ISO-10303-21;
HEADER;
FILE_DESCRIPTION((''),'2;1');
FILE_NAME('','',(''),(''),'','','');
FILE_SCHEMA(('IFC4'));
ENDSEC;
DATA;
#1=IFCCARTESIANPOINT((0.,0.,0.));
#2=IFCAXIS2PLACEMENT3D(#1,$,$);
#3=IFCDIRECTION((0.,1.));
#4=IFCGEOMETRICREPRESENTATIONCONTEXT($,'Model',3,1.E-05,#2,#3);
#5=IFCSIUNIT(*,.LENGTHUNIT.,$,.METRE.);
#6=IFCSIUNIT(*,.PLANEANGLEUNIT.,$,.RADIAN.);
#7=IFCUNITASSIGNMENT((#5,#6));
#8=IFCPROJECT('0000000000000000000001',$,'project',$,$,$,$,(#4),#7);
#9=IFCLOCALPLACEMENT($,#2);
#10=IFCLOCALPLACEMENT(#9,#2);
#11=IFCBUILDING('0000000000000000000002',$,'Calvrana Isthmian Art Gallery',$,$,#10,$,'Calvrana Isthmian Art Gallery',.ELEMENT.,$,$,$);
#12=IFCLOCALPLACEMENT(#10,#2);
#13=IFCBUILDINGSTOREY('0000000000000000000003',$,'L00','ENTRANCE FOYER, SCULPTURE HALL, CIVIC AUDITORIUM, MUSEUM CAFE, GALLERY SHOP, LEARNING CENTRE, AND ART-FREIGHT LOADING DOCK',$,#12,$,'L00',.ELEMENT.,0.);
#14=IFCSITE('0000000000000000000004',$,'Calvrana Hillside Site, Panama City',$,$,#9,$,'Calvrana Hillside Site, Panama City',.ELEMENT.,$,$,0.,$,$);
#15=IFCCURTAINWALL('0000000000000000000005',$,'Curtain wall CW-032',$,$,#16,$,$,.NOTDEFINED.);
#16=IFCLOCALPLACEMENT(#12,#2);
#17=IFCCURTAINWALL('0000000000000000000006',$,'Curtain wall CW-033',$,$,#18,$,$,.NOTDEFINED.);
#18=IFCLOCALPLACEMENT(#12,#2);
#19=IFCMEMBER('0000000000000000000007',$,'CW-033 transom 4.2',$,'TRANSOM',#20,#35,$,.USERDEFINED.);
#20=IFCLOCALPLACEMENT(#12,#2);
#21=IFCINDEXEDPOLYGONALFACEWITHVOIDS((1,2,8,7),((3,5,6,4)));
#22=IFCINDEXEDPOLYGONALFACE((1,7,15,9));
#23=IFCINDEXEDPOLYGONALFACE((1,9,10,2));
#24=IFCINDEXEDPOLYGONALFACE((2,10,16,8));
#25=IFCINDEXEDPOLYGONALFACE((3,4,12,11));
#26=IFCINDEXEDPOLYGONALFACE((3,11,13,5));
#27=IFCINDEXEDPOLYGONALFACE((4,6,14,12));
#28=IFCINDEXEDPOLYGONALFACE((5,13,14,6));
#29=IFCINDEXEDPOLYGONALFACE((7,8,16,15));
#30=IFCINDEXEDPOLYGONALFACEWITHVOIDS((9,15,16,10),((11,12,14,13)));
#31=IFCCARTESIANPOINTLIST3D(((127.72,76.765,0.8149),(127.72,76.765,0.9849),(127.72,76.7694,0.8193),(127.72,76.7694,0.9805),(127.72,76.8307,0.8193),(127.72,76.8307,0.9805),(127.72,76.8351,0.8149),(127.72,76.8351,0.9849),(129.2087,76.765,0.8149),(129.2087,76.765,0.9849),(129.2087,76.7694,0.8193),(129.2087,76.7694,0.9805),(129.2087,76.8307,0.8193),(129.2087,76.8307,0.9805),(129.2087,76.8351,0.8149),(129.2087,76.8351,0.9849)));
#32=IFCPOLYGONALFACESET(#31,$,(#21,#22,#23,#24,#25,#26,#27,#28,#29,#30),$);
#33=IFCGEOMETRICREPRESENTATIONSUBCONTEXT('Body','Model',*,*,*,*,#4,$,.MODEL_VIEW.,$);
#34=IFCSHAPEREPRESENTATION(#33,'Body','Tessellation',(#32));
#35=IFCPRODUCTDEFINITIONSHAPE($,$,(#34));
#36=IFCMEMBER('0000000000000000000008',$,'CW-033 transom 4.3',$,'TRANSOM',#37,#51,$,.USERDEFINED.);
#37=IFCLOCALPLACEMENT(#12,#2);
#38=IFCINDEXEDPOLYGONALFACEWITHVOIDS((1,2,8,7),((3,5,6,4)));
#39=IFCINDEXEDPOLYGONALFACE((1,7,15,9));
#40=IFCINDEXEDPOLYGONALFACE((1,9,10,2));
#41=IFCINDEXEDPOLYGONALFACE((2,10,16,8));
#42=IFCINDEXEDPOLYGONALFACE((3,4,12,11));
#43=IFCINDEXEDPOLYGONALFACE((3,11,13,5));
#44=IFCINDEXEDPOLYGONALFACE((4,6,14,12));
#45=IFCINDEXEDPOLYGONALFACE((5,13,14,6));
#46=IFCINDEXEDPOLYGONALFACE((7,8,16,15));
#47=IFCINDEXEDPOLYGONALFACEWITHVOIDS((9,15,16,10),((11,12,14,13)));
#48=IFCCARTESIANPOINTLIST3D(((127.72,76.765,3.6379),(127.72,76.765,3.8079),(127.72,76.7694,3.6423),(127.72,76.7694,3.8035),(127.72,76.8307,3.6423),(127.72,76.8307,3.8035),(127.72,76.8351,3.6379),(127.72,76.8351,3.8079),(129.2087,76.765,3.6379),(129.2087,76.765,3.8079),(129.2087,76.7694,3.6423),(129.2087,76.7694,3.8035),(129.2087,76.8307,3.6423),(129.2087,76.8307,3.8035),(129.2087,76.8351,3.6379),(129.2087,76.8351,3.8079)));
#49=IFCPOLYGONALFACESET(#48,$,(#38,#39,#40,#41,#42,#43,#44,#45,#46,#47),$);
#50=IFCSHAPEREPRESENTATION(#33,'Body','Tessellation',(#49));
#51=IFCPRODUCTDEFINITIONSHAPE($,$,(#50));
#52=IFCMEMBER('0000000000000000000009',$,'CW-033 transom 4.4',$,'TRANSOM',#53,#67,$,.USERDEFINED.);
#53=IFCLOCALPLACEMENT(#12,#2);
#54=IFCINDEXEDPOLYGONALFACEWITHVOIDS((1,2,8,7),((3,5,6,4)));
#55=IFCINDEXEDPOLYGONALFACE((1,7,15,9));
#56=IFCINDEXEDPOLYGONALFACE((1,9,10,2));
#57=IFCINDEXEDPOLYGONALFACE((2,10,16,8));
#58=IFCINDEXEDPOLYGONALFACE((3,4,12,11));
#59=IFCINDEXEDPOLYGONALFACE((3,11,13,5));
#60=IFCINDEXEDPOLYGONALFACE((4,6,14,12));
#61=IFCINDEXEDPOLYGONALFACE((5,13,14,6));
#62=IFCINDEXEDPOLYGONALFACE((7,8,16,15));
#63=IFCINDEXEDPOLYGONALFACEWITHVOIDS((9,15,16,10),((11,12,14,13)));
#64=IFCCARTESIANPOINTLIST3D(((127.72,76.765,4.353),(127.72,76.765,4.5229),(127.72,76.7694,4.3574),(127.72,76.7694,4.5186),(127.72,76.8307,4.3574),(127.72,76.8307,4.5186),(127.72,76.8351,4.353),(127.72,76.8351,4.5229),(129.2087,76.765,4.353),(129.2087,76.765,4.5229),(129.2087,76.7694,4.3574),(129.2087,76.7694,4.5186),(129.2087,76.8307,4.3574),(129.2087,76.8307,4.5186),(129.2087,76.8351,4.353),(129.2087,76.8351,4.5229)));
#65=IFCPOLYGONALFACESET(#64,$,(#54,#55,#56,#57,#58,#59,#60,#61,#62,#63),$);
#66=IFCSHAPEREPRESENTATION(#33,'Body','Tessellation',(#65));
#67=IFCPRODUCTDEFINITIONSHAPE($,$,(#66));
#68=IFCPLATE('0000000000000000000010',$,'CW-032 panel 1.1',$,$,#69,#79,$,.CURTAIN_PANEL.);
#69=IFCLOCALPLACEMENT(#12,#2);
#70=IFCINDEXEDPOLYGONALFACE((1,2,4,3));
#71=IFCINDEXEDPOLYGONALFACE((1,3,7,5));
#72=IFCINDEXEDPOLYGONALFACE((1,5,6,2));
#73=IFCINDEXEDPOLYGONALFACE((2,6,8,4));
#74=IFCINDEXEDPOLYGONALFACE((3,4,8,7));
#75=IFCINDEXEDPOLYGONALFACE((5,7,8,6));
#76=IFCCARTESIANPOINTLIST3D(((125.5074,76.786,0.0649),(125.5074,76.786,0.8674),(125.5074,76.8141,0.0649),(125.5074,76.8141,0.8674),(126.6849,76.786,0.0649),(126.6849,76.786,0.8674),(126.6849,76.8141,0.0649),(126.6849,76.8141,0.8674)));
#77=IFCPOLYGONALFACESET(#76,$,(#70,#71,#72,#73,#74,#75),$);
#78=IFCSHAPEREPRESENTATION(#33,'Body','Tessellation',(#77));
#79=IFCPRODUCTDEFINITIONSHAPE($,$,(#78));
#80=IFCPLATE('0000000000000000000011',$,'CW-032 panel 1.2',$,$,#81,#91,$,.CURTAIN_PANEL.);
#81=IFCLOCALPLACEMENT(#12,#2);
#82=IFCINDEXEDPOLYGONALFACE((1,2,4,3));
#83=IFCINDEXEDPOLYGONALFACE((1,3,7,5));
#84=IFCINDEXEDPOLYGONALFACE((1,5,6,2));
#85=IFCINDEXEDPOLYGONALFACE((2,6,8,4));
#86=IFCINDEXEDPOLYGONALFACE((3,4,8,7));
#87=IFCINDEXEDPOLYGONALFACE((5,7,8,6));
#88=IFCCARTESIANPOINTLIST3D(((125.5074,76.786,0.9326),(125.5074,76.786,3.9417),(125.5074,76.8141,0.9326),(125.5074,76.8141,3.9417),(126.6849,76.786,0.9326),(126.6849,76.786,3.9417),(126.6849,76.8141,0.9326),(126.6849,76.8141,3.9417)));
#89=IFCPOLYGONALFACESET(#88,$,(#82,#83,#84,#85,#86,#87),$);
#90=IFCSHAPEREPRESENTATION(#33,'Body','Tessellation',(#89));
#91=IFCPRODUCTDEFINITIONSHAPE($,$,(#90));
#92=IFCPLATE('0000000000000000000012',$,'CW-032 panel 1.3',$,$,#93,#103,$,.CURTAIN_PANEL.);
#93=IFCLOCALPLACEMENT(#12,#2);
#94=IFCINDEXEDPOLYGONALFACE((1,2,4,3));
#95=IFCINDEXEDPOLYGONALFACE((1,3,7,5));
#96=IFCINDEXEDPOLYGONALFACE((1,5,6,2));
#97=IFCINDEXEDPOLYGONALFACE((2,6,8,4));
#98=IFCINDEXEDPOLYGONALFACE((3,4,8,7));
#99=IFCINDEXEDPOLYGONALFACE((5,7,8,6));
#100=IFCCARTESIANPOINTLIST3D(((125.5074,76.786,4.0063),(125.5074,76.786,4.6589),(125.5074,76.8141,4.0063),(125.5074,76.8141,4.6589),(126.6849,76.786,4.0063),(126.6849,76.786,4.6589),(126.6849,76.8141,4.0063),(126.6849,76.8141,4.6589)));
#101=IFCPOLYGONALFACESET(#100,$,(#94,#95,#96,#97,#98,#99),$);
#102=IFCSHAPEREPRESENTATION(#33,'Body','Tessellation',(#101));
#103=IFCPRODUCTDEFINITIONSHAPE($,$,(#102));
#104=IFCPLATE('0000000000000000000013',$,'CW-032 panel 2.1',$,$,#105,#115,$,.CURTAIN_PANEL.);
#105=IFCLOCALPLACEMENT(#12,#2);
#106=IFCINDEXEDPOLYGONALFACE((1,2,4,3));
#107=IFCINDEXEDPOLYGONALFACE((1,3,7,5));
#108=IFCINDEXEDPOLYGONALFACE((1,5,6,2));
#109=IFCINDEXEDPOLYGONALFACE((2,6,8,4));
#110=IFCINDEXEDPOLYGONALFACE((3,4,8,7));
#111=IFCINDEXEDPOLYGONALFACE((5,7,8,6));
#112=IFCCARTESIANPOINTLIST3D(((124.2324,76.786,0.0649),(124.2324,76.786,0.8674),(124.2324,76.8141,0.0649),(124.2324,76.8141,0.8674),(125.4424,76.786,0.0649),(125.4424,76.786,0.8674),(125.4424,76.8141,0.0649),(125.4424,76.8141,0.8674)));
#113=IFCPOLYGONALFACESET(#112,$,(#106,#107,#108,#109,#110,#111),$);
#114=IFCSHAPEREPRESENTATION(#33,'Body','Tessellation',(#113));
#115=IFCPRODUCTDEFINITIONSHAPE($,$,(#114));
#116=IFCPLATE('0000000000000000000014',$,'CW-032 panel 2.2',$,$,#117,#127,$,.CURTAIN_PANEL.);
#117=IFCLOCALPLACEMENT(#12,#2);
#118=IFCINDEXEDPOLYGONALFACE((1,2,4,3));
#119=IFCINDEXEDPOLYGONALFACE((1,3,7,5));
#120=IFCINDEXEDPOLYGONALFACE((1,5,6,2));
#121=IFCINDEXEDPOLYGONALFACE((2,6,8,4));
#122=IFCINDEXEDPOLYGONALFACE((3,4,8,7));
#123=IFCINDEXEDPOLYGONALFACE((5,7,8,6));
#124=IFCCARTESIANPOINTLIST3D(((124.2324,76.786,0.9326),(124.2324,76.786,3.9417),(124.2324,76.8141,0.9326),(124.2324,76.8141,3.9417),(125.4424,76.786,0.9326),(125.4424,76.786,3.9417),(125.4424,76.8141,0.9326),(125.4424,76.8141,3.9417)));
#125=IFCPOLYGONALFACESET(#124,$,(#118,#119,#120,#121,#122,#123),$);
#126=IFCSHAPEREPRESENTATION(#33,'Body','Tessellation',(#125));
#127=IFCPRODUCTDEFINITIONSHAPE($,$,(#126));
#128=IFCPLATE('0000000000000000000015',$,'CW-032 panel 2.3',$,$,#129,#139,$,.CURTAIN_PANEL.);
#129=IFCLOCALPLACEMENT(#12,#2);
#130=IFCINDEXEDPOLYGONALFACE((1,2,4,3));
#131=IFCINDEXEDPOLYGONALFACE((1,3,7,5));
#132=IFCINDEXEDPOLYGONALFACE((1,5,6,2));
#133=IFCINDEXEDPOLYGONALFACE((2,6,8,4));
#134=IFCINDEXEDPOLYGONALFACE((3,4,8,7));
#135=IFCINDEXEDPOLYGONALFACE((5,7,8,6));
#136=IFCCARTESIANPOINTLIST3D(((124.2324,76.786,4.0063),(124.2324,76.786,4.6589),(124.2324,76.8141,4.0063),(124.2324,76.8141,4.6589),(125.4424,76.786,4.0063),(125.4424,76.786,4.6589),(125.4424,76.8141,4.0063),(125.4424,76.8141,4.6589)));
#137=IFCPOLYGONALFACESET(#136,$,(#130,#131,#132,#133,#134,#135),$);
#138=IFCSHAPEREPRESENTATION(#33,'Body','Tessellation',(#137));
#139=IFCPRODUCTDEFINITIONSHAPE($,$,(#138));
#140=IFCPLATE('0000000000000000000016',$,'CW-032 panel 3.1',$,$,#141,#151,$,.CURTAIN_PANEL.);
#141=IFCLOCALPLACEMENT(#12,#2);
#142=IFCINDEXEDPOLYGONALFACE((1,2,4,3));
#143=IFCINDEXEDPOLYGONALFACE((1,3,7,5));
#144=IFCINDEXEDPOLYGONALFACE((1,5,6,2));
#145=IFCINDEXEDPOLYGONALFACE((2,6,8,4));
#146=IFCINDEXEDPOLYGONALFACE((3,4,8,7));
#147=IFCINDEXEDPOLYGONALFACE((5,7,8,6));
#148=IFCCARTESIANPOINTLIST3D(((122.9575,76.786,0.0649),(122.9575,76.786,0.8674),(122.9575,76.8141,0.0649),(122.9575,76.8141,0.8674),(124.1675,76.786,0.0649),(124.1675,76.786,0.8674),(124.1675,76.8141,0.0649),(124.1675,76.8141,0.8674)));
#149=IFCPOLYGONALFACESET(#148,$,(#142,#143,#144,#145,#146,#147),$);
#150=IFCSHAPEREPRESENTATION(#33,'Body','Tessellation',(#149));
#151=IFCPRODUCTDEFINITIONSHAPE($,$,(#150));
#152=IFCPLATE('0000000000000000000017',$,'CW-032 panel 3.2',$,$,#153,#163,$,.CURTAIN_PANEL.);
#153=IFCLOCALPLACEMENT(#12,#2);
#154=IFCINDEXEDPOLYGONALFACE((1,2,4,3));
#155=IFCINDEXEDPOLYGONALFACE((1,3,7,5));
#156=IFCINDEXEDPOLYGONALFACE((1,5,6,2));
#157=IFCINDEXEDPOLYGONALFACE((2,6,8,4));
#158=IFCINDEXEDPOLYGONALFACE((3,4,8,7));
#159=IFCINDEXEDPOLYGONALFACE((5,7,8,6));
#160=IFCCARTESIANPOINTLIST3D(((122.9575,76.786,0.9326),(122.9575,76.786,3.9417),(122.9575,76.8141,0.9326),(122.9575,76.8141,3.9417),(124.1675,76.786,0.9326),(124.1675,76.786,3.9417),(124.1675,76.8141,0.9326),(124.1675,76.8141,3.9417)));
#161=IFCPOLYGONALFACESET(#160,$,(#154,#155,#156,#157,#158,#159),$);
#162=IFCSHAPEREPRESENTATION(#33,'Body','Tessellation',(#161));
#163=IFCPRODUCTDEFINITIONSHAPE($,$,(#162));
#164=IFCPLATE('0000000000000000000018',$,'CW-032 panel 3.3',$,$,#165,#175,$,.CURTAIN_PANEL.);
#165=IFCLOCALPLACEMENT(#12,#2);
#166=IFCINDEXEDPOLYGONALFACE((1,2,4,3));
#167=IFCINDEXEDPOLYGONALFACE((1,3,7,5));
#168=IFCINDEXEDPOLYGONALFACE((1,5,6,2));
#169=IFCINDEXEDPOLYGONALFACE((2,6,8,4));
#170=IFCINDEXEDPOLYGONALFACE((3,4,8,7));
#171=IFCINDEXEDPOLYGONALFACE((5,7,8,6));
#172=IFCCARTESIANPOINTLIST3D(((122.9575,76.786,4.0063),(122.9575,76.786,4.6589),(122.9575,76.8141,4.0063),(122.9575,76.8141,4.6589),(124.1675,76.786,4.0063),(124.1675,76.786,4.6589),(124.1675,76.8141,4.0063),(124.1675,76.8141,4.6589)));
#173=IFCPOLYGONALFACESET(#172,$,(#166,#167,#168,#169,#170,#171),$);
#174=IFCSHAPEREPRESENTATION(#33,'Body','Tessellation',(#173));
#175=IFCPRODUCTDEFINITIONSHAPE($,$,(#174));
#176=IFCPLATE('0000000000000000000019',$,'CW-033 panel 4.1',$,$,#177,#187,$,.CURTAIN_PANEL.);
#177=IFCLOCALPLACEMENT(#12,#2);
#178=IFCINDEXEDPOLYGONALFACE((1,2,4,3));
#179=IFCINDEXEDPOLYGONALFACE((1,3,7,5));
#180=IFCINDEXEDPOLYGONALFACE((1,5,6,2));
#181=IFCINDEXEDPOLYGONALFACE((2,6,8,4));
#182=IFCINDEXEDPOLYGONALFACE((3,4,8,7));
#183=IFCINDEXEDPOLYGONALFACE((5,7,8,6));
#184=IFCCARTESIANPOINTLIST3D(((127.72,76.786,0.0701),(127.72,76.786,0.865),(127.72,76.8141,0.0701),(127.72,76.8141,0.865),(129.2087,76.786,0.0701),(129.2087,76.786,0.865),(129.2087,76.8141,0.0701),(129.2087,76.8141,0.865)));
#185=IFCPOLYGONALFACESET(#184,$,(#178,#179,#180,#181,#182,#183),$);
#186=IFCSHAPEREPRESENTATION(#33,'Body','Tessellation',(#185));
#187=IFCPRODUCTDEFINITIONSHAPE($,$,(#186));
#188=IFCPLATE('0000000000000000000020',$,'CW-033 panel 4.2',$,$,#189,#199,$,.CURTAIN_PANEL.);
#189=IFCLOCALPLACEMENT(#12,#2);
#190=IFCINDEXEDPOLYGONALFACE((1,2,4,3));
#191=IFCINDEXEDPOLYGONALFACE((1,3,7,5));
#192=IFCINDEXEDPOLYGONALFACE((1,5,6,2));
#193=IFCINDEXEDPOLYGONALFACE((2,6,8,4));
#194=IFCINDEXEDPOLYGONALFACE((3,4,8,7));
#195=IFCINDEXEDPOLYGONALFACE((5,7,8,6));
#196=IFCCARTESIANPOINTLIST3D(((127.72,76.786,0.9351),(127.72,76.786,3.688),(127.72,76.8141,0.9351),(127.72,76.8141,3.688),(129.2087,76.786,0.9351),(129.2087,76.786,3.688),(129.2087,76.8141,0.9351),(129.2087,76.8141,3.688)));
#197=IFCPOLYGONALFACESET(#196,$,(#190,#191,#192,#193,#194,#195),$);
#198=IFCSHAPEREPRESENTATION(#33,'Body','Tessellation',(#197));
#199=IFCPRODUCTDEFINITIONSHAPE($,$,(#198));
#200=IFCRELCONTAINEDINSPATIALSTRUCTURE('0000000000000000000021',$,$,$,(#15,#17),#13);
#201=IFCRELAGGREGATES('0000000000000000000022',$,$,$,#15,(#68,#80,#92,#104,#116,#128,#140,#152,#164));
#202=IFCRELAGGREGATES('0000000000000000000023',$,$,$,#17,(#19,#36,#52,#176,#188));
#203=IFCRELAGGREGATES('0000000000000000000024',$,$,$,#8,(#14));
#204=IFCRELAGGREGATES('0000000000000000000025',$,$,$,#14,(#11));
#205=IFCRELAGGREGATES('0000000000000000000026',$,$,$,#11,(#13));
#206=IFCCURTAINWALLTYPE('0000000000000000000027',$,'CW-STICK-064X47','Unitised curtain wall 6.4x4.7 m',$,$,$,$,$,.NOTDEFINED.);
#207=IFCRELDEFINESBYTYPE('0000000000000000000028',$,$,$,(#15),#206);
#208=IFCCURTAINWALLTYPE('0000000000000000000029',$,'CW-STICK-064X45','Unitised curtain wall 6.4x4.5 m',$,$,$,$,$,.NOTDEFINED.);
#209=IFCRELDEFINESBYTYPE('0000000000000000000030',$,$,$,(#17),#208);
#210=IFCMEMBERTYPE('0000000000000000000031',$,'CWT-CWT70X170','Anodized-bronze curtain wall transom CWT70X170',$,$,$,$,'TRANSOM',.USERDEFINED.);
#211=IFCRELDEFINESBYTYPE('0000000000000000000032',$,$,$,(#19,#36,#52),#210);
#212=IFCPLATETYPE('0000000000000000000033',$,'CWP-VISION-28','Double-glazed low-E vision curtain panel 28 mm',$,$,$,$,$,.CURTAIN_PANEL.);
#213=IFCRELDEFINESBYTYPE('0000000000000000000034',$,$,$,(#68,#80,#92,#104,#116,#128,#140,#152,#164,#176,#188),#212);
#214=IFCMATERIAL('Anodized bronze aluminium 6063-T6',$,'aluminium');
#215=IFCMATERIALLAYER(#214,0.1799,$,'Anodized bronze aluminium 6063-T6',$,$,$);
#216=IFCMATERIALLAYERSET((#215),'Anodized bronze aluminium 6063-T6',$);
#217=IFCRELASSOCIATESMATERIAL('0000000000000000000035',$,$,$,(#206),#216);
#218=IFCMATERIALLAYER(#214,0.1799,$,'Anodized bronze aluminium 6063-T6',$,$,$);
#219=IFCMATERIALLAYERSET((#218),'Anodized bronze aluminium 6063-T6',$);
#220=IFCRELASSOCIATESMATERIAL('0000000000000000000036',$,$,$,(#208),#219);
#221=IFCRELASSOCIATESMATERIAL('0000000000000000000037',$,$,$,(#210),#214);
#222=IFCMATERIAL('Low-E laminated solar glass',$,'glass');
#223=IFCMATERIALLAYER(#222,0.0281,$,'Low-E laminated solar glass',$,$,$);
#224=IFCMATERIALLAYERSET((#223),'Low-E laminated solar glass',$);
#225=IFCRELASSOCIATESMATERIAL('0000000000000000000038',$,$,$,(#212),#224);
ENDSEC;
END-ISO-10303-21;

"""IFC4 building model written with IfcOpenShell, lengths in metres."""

from ifc_helpers import new_model, si_unit, direction, frame, origin, origin_2d, place, context, subcontext, project, spatial, rectangle, hollow_rectangle, extrude, material, layer, layer_set, material_profile, profile_set, type_object, element, aggregate, save


model = new_model("IFC4")

# Units and contexts
model_context = context("Model", 3, precision=1e-05, world=origin(), true_north=direction((0.0, 1.0)))
body_context = subcontext(model_context, "Body", "Model", "MODEL_VIEW")
ifc_project = project(units=[si_unit("LENGTHUNIT", "METRE"), si_unit("PLANEANGLEUNIT", "RADIAN")], contexts=[model_context])

# Site, building, storey
site_placement = place(None, origin())
site = spatial("IfcSite", under=ifc_project, at=site_placement, Name="Calvrana Hillside Site, Panama City", LongName="Calvrana Hillside Site, Panama City", CompositionType="ELEMENT", RefElevation=0.0)
building_placement = place(site_placement, origin())
building = spatial("IfcBuilding", under=site, at=building_placement, Name="Calvrana Isthmian Art Gallery", LongName="Calvrana Isthmian Art Gallery", CompositionType="ELEMENT")
storey_placement = place(building_placement, origin())
storey = spatial("IfcBuildingStorey", under=building, at=storey_placement, Name="L00", Description="ENTRANCE FOYER, SCULPTURE HALL, CIVIC AUDITORIUM, MUSEUM CAFE, GALLERY SHOP, LEARNING CENTRE, AND ART-FREIGHT LOADING DOCK", LongName="L00", CompositionType="ELEMENT", Elevation=0.0)

# Curtain wall
ifc_material_1 = material(Name="Anodized bronze aluminium 6063-T6", Category="aluminium")
ifc_layer_1 = layer(ifc_material_1, 0.1799, Name="Anodized bronze aluminium 6063-T6")
ifc_layer_set_1 = layer_set([ifc_layer_1], Name="Anodized bronze aluminium 6063-T6")
curtain_wall_type_1 = type_object("IfcCurtainWallType", Name="CW-STICK-064X47", Description="Unitised curtain wall 6.4x4.7 m", PredefinedType="NOTDEFINED", material=ifc_layer_set_1)
curtain_wall_1_placement = place(storey_placement, origin())
curtain_wall_1 = element("IfcCurtainWall", 1, at=curtain_wall_1_placement, inside=storey, type_object=curtain_wall_type_1, Name="Curtain wall CW-032", PredefinedType="NOTDEFINED")

# Curtain wall
ifc_layer_2 = layer(ifc_material_1, 0.1799, Name="Anodized bronze aluminium 6063-T6")
ifc_layer_set_2 = layer_set([ifc_layer_2], Name="Anodized bronze aluminium 6063-T6")
curtain_wall_type_2 = type_object("IfcCurtainWallType", Name="CW-STICK-064X45", Description="Unitised curtain wall 6.4x4.5 m", PredefinedType="NOTDEFINED", material=ifc_layer_set_2)
curtain_wall_2_placement = place(storey_placement, origin())
curtain_wall_2 = element("IfcCurtainWall", 2, at=curtain_wall_2_placement, inside=storey, type_object=curtain_wall_type_2, Name="Curtain wall CW-033", PredefinedType="NOTDEFINED")

# Members
ifc_material_profile_1 = material_profile(ifc_material_1, hollow_rectangle(XDim=0.0701, YDim=0.1699, WallThickness=0.0044, at=origin_2d()), Name="CWT70X170")
ifc_profile_set_1 = profile_set([ifc_material_profile_1], Name="Anodized bronze aluminium 6063-T6")
member_type_1 = type_object("IfcMemberType", Name="CWT-CWT70X170", Description="Anodized-bronze curtain wall transom CWT70X170", ElementType="TRANSOM", PredefinedType="USERDEFINED", material=ifc_profile_set_1)
member_1_placement = place(storey_placement, frame((129.2087, 76.8, 0.8999), z_axis=(-1.0, 0.0, 0.0), x_axis=(0.0, -1.0, 0.0)))
member_1 = element("IfcMember", 3, at=member_1_placement, type_object=member_type_1, Name="CW-033 transom 4.2", ObjectType="TRANSOM", PredefinedType="USERDEFINED", context=body_context, shape_type="SweptSolid", body=[
    extrude(hollow_rectangle(XDim=0.0701, YDim=0.1699, WallThickness=0.0044, at=origin_2d()), origin(), (0.0, 0.0, 1.0), 1.4888),
])
member_2_placement = place(storey_placement, frame((129.2087, 76.8, 3.7229), z_axis=(-1.0, 0.0, 0.0), x_axis=(0.0, -1.0, 0.0)))
member_2 = element("IfcMember", 4, at=member_2_placement, type_object=member_type_1, Name="CW-033 transom 4.3", ObjectType="TRANSOM", PredefinedType="USERDEFINED", context=body_context, shape_type="SweptSolid", body=[
    extrude(hollow_rectangle(XDim=0.0701, YDim=0.1699, WallThickness=0.0044, at=origin_2d()), origin(), (0.0, 0.0, 1.0), 1.4888),
])
member_3_placement = place(storey_placement, frame((129.2087, 76.8, 4.438), z_axis=(-1.0, 0.0, 0.0), x_axis=(0.0, -1.0, 0.0)))
member_3 = element("IfcMember", 5, at=member_3_placement, type_object=member_type_1, Name="CW-033 transom 4.4", ObjectType="TRANSOM", PredefinedType="USERDEFINED", context=body_context, shape_type="SweptSolid", body=[
    extrude(hollow_rectangle(XDim=0.0701, YDim=0.1699, WallThickness=0.0044, at=origin_2d()), origin(), (0.0, 0.0, 1.0), 1.4888),
])

# Plates
ifc_material_2 = material(Name="Low-E laminated solar glass", Category="glass")
ifc_layer_3 = layer(ifc_material_2, 0.0281, Name="Low-E laminated solar glass")
ifc_layer_set_3 = layer_set([ifc_layer_3], Name="Low-E laminated solar glass")
plate_type = type_object("IfcPlateType", Name="CWP-VISION-28", Description="Double-glazed low-E vision curtain panel 28 mm", PredefinedType="CURTAIN_PANEL", material=ifc_layer_set_3)
plate_1_placement = place(storey_placement, frame((126.0962, 76.8, 0.0649), z_axis=(0.0, 0.0, 1.0), x_axis=(-1.0, 0.0, 0.0)))
plate_1 = element("IfcPlate", 6, at=plate_1_placement, type_object=plate_type, Name="CW-032 panel 1.1", PredefinedType="CURTAIN_PANEL", context=body_context, shape_type="SweptSolid", body=[
    extrude(rectangle(XDim=1.1775, YDim=0.0281, at=origin_2d()), origin(), (0.0, 0.0, 1.0), 0.8025),
])
plate_2_placement = place(storey_placement, frame((126.0962, 76.8, 0.9326), z_axis=(0.0, 0.0, 1.0), x_axis=(-1.0, 0.0, 0.0)))
plate_2 = element("IfcPlate", 7, at=plate_2_placement, type_object=plate_type, Name="CW-032 panel 1.2", PredefinedType="CURTAIN_PANEL", context=body_context, shape_type="SweptSolid", body=[
    extrude(rectangle(XDim=1.1775, YDim=0.0281, at=origin_2d()), origin(), (0.0, 0.0, 1.0), 3.009),
])
plate_3_placement = place(storey_placement, frame((126.0962, 76.8, 4.0063), z_axis=(0.0, 0.0, 1.0), x_axis=(-1.0, 0.0, 0.0)))
plate_3 = element("IfcPlate", 8, at=plate_3_placement, type_object=plate_type, Name="CW-032 panel 1.3", PredefinedType="CURTAIN_PANEL", context=body_context, shape_type="SweptSolid", body=[
    extrude(rectangle(XDim=1.1775, YDim=0.0281, at=origin_2d()), origin(), (0.0, 0.0, 1.0), 0.6526),
])
plate_4_placement = place(storey_placement, frame((124.8374, 76.8, 0.0649), z_axis=(0.0, 0.0, 1.0), x_axis=(-1.0, 0.0, 0.0)))
plate_4 = element("IfcPlate", 9, at=plate_4_placement, type_object=plate_type, Name="CW-032 panel 2.1", PredefinedType="CURTAIN_PANEL", context=body_context, shape_type="SweptSolid", body=[
    extrude(rectangle(XDim=1.21, YDim=0.0281, at=origin_2d()), origin(), (0.0, 0.0, 1.0), 0.8025),
])
plate_5_placement = place(storey_placement, frame((124.8374, 76.8, 0.9326), z_axis=(0.0, 0.0, 1.0), x_axis=(-1.0, 0.0, 0.0)))
plate_5 = element("IfcPlate", 10, at=plate_5_placement, type_object=plate_type, Name="CW-032 panel 2.2", PredefinedType="CURTAIN_PANEL", context=body_context, shape_type="SweptSolid", body=[
    extrude(rectangle(XDim=1.21, YDim=0.0281, at=origin_2d()), origin(), (0.0, 0.0, 1.0), 3.009),
])
plate_6_placement = place(storey_placement, frame((124.8374, 76.8, 4.0063), z_axis=(0.0, 0.0, 1.0), x_axis=(-1.0, 0.0, 0.0)))
plate_6 = element("IfcPlate", 11, at=plate_6_placement, type_object=plate_type, Name="CW-032 panel 2.3", PredefinedType="CURTAIN_PANEL", context=body_context, shape_type="SweptSolid", body=[
    extrude(rectangle(XDim=1.21, YDim=0.0281, at=origin_2d()), origin(), (0.0, 0.0, 1.0), 0.6526),
])
plate_7_placement = place(storey_placement, frame((123.5625, 76.8, 0.0649), z_axis=(0.0, 0.0, 1.0), x_axis=(-1.0, 0.0, 0.0)))
plate_7 = element("IfcPlate", 12, at=plate_7_placement, type_object=plate_type, Name="CW-032 panel 3.1", PredefinedType="CURTAIN_PANEL", context=body_context, shape_type="SweptSolid", body=[
    extrude(rectangle(XDim=1.21, YDim=0.0281, at=origin_2d()), origin(), (0.0, 0.0, 1.0), 0.8025),
])
plate_8_placement = place(storey_placement, frame((123.5625, 76.8, 0.9326), z_axis=(0.0, 0.0, 1.0), x_axis=(-1.0, 0.0, 0.0)))
plate_8 = element("IfcPlate", 13, at=plate_8_placement, type_object=plate_type, Name="CW-032 panel 3.2", PredefinedType="CURTAIN_PANEL", context=body_context, shape_type="SweptSolid", body=[
    extrude(rectangle(XDim=1.21, YDim=0.0281, at=origin_2d()), origin(), (0.0, 0.0, 1.0), 3.009),
])
plate_9_placement = place(storey_placement, frame((123.5625, 76.8, 4.0063), z_axis=(0.0, 0.0, 1.0), x_axis=(-1.0, 0.0, 0.0)))
plate_9 = element("IfcPlate", 14, at=plate_9_placement, type_object=plate_type, Name="CW-032 panel 3.3", PredefinedType="CURTAIN_PANEL", context=body_context, shape_type="SweptSolid", body=[
    extrude(rectangle(XDim=1.21, YDim=0.0281, at=origin_2d()), origin(), (0.0, 0.0, 1.0), 0.6526),
])
aggregate(curtain_wall_1, [plate_1, plate_2, plate_3, plate_4, plate_5, plate_6, plate_7, plate_8, plate_9])
plate_10_placement = place(storey_placement, frame((128.4644, 76.8, 0.0701), z_axis=(0.0, 0.0, 1.0), x_axis=(-1.0, 0.0, 0.0)))
plate_10 = element("IfcPlate", 15, at=plate_10_placement, type_object=plate_type, Name="CW-033 panel 4.1", PredefinedType="CURTAIN_PANEL", context=body_context, shape_type="SweptSolid", body=[
    extrude(rectangle(XDim=1.4888, YDim=0.0281, at=origin_2d()), origin(), (0.0, 0.0, 1.0), 0.7949),
])
plate_11_placement = place(storey_placement, frame((128.4644, 76.8, 0.9351), z_axis=(0.0, 0.0, 1.0), x_axis=(-1.0, 0.0, 0.0)))
plate_11 = element("IfcPlate", 16, at=plate_11_placement, type_object=plate_type, Name="CW-033 panel 4.2", PredefinedType="CURTAIN_PANEL", context=body_context, shape_type="SweptSolid", body=[
    extrude(rectangle(XDim=1.4888, YDim=0.0281, at=origin_2d()), origin(), (0.0, 0.0, 1.0), 2.7529),
])
aggregate(curtain_wall_2, [member_1, member_2, member_3, plate_10, plate_11])

save(model, "model.ifc")
